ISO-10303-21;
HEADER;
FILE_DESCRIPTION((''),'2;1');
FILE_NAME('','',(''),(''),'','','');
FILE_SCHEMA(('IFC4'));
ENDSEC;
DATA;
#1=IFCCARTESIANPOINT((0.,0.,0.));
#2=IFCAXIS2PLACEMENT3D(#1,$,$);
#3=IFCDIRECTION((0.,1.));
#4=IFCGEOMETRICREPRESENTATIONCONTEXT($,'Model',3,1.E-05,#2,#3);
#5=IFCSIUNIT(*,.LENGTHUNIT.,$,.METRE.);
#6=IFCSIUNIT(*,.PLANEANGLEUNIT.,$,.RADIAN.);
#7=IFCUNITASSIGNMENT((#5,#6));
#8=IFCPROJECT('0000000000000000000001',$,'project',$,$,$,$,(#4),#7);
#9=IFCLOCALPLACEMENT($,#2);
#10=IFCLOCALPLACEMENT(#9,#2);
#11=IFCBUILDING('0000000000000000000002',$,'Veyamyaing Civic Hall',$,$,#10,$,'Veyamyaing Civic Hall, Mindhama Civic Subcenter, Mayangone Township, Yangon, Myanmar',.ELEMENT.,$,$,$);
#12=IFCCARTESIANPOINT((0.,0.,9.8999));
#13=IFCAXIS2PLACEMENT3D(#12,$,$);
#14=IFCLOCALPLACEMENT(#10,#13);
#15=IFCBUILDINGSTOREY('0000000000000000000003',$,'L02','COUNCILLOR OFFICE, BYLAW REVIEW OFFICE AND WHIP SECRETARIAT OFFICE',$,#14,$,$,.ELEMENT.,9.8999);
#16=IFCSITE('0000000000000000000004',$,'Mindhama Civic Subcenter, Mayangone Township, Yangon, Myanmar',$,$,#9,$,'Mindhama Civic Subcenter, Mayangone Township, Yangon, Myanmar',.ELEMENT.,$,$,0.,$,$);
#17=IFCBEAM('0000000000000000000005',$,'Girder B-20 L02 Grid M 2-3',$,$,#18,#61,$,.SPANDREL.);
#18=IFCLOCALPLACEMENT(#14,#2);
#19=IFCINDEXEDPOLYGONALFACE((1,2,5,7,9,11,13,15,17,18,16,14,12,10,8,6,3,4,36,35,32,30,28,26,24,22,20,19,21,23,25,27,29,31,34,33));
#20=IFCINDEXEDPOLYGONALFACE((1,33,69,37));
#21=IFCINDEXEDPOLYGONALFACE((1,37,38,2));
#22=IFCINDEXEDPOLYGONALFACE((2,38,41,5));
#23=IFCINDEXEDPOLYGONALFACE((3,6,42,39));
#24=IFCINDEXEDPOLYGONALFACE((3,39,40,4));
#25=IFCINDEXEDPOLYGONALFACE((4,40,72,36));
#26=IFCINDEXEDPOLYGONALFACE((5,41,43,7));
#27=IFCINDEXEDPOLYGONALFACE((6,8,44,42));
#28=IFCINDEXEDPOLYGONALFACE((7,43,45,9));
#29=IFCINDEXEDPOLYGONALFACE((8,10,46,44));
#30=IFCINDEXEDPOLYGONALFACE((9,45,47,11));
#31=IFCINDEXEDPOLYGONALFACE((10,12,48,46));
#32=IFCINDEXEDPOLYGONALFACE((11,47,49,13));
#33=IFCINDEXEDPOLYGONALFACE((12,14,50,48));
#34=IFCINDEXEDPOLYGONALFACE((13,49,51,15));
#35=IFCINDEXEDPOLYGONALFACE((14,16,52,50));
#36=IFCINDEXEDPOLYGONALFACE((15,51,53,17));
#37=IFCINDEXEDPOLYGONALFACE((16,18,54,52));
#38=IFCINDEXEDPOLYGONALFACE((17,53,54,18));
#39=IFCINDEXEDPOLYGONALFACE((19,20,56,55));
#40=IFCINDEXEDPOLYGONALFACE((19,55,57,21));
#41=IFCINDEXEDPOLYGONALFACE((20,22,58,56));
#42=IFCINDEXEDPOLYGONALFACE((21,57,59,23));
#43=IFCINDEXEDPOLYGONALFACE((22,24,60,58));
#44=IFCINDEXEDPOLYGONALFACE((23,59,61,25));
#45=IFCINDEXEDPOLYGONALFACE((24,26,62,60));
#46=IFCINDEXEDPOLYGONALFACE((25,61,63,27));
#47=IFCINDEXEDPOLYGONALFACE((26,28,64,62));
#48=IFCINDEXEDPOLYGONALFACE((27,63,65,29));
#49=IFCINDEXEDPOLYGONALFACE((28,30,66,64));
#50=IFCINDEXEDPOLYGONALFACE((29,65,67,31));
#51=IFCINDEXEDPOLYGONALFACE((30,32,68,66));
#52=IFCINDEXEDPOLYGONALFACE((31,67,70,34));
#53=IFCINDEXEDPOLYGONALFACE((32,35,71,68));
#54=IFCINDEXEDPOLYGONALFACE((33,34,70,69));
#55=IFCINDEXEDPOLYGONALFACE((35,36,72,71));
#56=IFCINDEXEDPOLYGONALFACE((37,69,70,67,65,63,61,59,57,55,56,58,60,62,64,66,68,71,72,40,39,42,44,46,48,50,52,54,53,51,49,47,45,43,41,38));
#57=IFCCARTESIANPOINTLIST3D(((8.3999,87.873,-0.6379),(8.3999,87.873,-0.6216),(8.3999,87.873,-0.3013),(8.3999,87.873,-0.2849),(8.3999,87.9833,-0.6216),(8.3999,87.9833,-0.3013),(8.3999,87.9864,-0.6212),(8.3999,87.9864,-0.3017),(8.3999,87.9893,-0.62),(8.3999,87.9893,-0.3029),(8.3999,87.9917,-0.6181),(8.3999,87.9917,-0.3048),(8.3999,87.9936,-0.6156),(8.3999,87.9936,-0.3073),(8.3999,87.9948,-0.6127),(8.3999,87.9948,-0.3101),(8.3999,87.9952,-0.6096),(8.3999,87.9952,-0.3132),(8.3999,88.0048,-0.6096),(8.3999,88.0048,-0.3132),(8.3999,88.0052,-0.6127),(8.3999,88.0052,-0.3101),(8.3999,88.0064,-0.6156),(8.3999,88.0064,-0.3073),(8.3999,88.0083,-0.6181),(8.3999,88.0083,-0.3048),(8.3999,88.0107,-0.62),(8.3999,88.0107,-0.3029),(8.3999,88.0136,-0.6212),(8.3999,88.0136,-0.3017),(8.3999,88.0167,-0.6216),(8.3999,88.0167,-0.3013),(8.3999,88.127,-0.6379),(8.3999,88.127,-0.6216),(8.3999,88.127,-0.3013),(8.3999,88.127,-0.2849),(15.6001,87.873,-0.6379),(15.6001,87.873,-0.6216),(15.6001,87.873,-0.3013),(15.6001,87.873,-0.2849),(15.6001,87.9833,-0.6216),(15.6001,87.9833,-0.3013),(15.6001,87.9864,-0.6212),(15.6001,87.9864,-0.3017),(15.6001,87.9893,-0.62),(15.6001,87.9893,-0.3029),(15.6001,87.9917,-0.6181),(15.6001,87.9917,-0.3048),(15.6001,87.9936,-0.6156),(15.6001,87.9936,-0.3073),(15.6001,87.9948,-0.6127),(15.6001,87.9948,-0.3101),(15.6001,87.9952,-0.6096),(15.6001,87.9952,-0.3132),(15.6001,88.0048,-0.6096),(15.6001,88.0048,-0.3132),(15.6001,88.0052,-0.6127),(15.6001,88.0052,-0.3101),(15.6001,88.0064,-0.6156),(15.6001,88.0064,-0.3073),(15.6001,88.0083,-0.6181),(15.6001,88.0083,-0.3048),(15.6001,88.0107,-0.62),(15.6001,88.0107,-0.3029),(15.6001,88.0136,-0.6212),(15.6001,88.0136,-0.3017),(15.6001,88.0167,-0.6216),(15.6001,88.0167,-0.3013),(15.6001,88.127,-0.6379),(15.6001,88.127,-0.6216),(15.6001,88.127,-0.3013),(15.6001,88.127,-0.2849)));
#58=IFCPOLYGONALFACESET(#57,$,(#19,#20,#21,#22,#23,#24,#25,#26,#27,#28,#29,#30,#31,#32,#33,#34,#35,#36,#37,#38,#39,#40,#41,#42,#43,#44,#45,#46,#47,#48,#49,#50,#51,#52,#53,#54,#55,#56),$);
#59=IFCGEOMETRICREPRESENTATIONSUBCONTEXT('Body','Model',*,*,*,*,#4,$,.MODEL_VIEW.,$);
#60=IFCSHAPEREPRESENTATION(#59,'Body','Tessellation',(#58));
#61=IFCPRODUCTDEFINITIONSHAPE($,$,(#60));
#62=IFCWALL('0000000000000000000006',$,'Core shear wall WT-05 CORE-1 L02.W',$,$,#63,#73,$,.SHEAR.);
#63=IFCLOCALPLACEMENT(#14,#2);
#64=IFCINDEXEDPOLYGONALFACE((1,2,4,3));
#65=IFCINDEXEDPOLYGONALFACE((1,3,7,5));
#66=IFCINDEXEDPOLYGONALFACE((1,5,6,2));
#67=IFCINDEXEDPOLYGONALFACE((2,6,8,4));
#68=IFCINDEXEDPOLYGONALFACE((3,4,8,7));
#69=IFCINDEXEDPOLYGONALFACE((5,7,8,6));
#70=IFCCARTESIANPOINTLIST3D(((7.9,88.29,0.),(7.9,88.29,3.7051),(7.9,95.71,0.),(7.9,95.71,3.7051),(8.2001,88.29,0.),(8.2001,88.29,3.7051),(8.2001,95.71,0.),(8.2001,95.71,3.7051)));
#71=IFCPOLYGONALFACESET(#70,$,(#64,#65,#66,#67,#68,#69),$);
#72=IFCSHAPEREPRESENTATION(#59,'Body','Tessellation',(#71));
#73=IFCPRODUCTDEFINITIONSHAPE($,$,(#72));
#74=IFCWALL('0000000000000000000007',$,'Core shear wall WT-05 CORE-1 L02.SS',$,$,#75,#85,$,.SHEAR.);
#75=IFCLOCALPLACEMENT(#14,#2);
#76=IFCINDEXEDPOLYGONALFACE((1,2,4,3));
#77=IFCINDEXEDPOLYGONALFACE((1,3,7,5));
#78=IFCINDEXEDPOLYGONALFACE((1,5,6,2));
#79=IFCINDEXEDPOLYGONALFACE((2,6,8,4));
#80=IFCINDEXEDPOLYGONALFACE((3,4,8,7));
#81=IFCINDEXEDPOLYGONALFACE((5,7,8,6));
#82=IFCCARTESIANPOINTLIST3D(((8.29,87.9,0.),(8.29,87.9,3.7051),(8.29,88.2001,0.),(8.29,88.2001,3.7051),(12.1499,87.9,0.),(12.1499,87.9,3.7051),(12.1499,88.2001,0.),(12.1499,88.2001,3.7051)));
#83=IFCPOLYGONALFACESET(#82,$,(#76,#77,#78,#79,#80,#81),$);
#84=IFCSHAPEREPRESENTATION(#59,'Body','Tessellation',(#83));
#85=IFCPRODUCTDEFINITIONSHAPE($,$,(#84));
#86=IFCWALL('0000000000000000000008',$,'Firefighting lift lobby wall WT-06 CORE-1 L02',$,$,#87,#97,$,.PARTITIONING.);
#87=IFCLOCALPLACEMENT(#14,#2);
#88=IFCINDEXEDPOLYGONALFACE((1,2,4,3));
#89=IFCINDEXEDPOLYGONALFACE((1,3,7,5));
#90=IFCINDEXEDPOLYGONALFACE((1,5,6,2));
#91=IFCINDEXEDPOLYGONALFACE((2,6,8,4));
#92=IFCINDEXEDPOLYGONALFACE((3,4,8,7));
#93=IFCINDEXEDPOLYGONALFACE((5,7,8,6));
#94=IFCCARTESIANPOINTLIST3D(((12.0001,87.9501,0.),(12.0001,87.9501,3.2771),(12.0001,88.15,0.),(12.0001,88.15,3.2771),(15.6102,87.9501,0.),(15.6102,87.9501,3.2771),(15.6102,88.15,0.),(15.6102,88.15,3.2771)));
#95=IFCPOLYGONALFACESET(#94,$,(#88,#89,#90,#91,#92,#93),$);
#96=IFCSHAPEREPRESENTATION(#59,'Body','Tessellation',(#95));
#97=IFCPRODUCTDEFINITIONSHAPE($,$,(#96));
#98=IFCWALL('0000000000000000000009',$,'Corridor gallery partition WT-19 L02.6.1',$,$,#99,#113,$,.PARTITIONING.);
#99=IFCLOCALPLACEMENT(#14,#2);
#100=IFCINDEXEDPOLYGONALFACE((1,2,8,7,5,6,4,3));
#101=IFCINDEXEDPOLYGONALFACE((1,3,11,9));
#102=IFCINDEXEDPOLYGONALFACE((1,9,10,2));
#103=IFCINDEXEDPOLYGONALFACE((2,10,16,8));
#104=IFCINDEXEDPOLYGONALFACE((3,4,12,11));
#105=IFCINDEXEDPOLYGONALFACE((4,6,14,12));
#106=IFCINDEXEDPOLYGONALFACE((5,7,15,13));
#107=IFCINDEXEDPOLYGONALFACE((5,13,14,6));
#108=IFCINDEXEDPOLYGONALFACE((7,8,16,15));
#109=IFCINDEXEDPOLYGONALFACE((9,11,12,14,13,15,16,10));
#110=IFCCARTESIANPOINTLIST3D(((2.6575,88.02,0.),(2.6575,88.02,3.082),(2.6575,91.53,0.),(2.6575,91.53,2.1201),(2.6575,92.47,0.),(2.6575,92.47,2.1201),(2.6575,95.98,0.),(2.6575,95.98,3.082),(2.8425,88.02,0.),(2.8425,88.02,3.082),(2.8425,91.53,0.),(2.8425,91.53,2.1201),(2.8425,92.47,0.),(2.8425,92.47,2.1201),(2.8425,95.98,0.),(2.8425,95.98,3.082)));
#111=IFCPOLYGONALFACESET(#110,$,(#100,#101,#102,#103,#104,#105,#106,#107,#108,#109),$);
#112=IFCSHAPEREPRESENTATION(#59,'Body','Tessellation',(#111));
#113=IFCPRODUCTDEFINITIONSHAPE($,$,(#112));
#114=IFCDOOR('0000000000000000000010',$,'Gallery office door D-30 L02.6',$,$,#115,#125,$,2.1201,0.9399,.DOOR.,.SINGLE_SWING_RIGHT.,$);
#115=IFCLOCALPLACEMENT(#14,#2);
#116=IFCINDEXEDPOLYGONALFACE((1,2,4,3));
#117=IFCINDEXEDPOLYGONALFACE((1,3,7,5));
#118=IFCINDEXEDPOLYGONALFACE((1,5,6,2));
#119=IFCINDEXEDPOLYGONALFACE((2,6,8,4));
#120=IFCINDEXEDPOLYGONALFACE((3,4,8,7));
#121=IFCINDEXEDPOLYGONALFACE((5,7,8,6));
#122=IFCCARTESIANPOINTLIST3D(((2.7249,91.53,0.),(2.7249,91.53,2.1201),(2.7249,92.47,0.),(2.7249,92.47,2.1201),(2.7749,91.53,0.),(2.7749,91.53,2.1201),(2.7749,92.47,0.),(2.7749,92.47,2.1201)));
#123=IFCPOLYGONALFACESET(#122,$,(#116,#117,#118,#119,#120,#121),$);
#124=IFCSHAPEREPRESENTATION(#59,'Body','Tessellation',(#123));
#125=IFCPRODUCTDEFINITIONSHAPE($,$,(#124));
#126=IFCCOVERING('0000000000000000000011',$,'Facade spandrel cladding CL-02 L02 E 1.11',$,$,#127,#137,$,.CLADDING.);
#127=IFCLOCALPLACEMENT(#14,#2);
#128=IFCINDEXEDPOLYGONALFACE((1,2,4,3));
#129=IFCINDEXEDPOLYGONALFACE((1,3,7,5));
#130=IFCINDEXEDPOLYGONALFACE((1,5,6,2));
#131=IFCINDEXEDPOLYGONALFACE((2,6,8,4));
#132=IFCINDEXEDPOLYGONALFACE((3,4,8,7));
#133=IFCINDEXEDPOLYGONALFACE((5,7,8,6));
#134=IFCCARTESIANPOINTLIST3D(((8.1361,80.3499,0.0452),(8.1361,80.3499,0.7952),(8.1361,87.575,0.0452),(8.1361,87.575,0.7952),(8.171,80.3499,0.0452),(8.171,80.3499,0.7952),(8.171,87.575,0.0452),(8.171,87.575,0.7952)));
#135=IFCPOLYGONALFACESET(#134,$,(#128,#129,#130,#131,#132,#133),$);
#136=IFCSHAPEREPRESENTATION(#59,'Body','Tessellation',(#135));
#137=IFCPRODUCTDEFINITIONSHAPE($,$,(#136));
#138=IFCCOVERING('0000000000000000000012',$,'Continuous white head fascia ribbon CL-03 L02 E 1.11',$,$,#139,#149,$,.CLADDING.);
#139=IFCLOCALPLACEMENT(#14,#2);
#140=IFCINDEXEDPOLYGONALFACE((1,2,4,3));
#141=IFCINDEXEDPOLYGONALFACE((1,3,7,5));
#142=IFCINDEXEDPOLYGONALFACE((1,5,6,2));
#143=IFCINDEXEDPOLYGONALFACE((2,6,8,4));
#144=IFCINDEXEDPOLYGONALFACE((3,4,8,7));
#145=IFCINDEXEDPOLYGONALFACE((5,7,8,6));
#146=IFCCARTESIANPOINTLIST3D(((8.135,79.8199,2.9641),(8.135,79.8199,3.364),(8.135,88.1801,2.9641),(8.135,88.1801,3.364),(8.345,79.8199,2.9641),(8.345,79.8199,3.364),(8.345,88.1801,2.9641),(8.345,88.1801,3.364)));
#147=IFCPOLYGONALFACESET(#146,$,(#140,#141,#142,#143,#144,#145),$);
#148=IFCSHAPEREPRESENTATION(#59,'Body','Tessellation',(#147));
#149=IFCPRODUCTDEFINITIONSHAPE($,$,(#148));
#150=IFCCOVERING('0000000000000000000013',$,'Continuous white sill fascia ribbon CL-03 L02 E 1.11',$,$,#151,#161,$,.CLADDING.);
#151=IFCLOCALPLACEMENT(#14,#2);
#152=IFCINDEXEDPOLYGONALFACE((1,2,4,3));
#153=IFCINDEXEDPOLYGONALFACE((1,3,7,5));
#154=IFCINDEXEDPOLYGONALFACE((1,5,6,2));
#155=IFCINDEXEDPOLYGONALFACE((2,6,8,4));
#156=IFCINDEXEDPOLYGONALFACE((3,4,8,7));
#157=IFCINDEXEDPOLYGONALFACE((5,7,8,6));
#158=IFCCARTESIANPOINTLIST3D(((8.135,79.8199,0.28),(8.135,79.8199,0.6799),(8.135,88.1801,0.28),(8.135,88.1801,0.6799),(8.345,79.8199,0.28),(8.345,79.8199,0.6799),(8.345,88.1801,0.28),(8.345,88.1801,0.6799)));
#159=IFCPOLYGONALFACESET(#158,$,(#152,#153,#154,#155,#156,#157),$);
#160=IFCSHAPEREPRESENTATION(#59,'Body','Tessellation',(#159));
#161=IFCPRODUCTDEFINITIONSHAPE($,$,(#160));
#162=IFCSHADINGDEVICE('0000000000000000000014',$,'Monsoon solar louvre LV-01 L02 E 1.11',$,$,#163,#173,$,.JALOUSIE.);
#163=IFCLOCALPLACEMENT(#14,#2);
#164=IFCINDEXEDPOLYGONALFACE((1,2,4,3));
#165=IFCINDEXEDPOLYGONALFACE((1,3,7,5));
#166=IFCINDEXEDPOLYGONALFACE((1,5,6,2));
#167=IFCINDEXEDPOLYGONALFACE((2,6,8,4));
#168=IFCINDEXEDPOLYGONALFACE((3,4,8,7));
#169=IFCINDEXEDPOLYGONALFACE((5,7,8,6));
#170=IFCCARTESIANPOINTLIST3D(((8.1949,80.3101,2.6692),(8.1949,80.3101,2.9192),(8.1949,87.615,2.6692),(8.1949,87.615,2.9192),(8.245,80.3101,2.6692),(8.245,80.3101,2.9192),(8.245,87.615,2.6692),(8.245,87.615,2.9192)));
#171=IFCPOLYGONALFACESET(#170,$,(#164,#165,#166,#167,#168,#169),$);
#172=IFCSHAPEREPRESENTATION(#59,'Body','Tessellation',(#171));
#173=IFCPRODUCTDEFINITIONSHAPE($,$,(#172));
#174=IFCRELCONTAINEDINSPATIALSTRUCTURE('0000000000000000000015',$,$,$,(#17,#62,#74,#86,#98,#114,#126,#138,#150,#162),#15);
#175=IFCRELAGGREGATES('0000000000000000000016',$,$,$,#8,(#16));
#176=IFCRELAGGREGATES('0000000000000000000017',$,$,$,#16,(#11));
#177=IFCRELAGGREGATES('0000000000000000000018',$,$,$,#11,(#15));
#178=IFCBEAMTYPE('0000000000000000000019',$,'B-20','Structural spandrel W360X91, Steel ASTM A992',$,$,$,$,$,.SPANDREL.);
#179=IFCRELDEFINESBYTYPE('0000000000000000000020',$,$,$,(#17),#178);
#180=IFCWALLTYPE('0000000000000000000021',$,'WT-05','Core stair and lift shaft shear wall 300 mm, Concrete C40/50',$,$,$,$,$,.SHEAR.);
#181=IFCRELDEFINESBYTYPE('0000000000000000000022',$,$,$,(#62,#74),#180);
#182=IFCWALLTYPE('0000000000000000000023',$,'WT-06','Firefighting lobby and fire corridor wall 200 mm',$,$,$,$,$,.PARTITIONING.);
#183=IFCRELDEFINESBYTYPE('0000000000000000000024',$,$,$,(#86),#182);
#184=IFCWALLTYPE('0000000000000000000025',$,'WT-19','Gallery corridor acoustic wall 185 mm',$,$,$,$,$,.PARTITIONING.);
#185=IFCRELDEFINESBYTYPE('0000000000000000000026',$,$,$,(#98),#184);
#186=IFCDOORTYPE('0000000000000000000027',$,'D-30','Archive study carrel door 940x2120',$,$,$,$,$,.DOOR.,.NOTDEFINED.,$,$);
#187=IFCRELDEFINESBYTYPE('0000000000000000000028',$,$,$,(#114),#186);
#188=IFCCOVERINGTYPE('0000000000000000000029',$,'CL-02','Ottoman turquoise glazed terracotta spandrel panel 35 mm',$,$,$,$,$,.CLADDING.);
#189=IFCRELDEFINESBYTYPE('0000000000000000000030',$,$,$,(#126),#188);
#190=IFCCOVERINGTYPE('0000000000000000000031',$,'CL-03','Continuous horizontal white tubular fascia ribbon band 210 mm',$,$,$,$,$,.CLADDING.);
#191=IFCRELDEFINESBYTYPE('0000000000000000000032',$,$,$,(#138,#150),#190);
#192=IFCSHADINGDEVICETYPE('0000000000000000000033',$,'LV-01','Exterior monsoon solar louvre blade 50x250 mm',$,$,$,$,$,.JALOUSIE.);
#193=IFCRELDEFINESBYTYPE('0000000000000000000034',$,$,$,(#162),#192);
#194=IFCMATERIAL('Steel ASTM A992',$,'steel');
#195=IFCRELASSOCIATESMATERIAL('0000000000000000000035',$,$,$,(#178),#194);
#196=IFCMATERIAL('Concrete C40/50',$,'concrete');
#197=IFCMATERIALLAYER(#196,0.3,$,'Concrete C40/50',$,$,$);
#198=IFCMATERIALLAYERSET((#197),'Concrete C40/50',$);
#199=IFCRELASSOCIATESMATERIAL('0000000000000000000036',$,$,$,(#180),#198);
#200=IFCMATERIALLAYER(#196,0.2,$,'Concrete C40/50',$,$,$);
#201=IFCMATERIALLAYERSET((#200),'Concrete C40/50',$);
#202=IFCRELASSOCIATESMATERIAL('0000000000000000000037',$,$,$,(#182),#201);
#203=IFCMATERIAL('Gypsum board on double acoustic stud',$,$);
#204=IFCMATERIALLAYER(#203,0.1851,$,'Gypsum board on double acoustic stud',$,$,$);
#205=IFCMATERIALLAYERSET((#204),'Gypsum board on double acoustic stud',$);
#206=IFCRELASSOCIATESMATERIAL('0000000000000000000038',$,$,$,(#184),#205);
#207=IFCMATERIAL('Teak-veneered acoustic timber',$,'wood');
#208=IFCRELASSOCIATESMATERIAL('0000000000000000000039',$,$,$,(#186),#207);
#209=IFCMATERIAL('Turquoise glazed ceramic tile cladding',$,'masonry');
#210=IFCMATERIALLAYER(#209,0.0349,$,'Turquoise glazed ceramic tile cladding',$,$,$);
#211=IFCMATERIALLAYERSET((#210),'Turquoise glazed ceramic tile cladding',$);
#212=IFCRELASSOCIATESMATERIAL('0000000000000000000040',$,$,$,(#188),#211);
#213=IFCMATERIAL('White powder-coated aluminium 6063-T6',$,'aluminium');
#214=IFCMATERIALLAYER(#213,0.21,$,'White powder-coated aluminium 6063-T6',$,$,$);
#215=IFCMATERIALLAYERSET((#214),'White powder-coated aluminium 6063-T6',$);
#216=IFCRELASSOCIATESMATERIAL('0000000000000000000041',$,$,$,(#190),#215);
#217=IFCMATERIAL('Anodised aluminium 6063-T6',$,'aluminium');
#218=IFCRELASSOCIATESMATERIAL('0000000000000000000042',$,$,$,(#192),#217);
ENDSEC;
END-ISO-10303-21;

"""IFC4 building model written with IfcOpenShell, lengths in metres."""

from ifc_helpers import new_model, si_unit, direction, frame, frame_2d, origin, origin_2d, place, context, subcontext, project, spatial, rectangle, i_section, extrude, material, layer, layer_set, material_profile, profile_set, type_object, element, fill, save


model = new_model("IFC4")

# Units and contexts
model_context = context("Model", 3, precision=1e-05, world=origin(), true_north=direction((0.0, 1.0)))
body_context = subcontext(model_context, "Body", "Model", "MODEL_VIEW")
ifc_project = project(units=[si_unit("LENGTHUNIT", "METRE"), si_unit("PLANEANGLEUNIT", "RADIAN")], contexts=[model_context])

# Site, building, storey
site_placement = place(None, origin())
site = spatial("IfcSite", under=ifc_project, at=site_placement, Name="Mindhama Civic Subcenter, Mayangone Township, Yangon, Myanmar", LongName="Mindhama Civic Subcenter, Mayangone Township, Yangon, Myanmar", CompositionType="ELEMENT", RefElevation=0.0)
building_placement = place(site_placement, origin())
building = spatial("IfcBuilding", under=site, at=building_placement, Name="Veyamyaing Civic Hall", LongName="Veyamyaing Civic Hall, Mindhama Civic Subcenter, Mayangone Township, Yangon, Myanmar", CompositionType="ELEMENT")
storey_placement = place(building_placement, frame((0.0, 0.0, 9.8999)))
storey = spatial("IfcBuildingStorey", under=building, at=storey_placement, Name="L02", Description="COUNCILLOR OFFICE, BYLAW REVIEW OFFICE AND WHIP SECRETARIAT OFFICE", CompositionType="ELEMENT", Elevation=9.8999)

# Beam
ifc_material_1 = material(Name="Steel ASTM A992", Category="steel")
ifc_material_profile_1 = material_profile(ifc_material_1, i_section(OverallWidth=0.2539, OverallDepth=0.353, WebThickness=0.0095, FlangeThickness=0.0164, FilletRadius=0.012, at=origin_2d()), Name="W360X91")
ifc_profile_set_1 = profile_set([ifc_material_profile_1], Name="Steel ASTM A992")
beam_type_1 = type_object("IfcBeamType", Name="B-20", Description="Structural spandrel W360X91, Steel ASTM A992", PredefinedType="SPANDREL", material=ifc_profile_set_1)
beam_1_placement = place(storey_placement, frame((8.3999, 88.0, -0.4614), z_axis=(1.0, 0.0, 0.0), x_axis=(0.0, 1.0, 0.0)))
element("IfcBeam", 1, at=beam_1_placement, inside=storey, type_object=beam_type_1, Name="Girder B-20 L02 Grid M 2-3", PredefinedType="SPANDREL", context=body_context, shape_type="SweptSolid", body=[
    extrude(i_section(OverallWidth=0.2539, OverallDepth=0.353, WebThickness=0.0095, FlangeThickness=0.0164, FilletRadius=0.012, at=origin_2d()), origin(), (0.0, 0.0, 1.0), 7.2002),
])

# Wall
ifc_material_2 = material(Name="Concrete C40/50", Category="concrete")
ifc_layer_1 = layer(ifc_material_2, 0.3, Name="Concrete C40/50")
ifc_layer_set_1 = layer_set([ifc_layer_1], Name="Concrete C40/50")
wall_type_1 = type_object("IfcWallType", Name="WT-05", Description="Core stair and lift shaft shear wall 300 mm, Concrete C40/50", PredefinedType="SHEAR", material=ifc_layer_set_1)
wall_1_placement = place(storey_placement, frame((8.05, 88.29, 0.0), z_axis=(0.0, 0.0, 1.0), x_axis=(0.0, 1.0, 0.0)))
element("IfcWall", 2, at=wall_1_placement, inside=storey, type_object=wall_type_1, Name="Core shear wall WT-05 CORE-1 L02.W", PredefinedType="SHEAR", context=body_context, shape_type="SweptSolid", body=[
    extrude(rectangle(XDim=7.4199, YDim=0.3, at=frame_2d((3.71, 0.0))), origin(), (0.0, 0.0, 1.0), 3.7051),
])

# Wall
wall_2_placement = place(storey_placement, frame((8.29, 88.05, 0.0), z_axis=(0.0, 0.0, 1.0), x_axis=(1.0, 0.0, 0.0)))
element("IfcWall", 3, at=wall_2_placement, inside=storey, type_object=wall_type_1, Name="Core shear wall WT-05 CORE-1 L02.SS", PredefinedType="SHEAR", context=body_context, shape_type="SweptSolid", body=[
    extrude(rectangle(XDim=3.8599, YDim=0.3, at=frame_2d((1.9299, 0.0))), origin(), (0.0, 0.0, 1.0), 3.7051),
])

# Wall
ifc_layer_2 = layer(ifc_material_2, 0.2, Name="Concrete C40/50")
ifc_layer_set_2 = layer_set([ifc_layer_2], Name="Concrete C40/50")
wall_type_2 = type_object("IfcWallType", Name="WT-06", Description="Firefighting lobby and fire corridor wall 200 mm", PredefinedType="PARTITIONING", material=ifc_layer_set_2)
wall_3_placement = place(storey_placement, frame((12.0, 88.05, 0.0), z_axis=(0.0, 0.0, 1.0), x_axis=(1.0, 0.0, 0.0)))
element("IfcWall", 4, at=wall_3_placement, inside=storey, type_object=wall_type_2, Name="Firefighting lift lobby wall WT-06 CORE-1 L02", PredefinedType="PARTITIONING", context=body_context, shape_type="SweptSolid", body=[
    extrude(rectangle(XDim=3.6101, YDim=0.2, at=frame_2d((1.8052, 0.0))), origin(), (0.0, 0.0, 1.0), 3.2771),
])

# Wall, opening, door
ifc_material_3 = material(Name="Gypsum board on double acoustic stud")
ifc_layer_3 = layer(ifc_material_3, 0.1851, Name="Gypsum board on double acoustic stud")
ifc_layer_set_3 = layer_set([ifc_layer_3], Name="Gypsum board on double acoustic stud")
wall_type_3 = type_object("IfcWallType", Name="WT-19", Description="Gallery corridor acoustic wall 185 mm", PredefinedType="PARTITIONING", material=ifc_layer_set_3)
wall_4_placement = place(storey_placement, frame((2.75, 88.02, 0.0), z_axis=(0.0, 0.0, 1.0), x_axis=(0.0, 1.0, 0.0)))
wall_4 = element("IfcWall", 5, at=wall_4_placement, inside=storey, type_object=wall_type_3, Name="Corridor gallery partition WT-19 L02.6.1", PredefinedType="PARTITIONING", context=body_context, shape_type="SweptSolid", body=[
    extrude(rectangle(XDim=7.96, YDim=0.1851, at=frame_2d((3.98, 0.0))), origin(), (0.0, 0.0, 1.0), 3.082),
])
opening_1_placement = place(wall_4_placement, frame((3.51, 0.0, 0.0)))
opening_1 = element("IfcOpeningElement", 6, at=opening_1_placement, cuts=wall_4, PredefinedType="OPENING", context=body_context, shape_type="SweptSolid", body=[
    extrude(rectangle(XDim=0.9399, YDim=2.1201, at=frame_2d((0.47, 1.0601))), frame((0.0, 0.1025, 0.0), z_axis=(0.0, -1.0, 0.0), x_axis=(1.0, 0.0, 0.0)), (0.0, 0.0, 1.0), 0.2051),
])
ifc_material_4 = material(Name="Teak-veneered acoustic timber", Category="wood")
door_type_1 = type_object("IfcDoorType", Name="D-30", Description="Archive study carrel door 940x2120", OperationType="NOTDEFINED", PredefinedType="DOOR", material=ifc_material_4)
door_1_placement = place(opening_1_placement, frame((0.9399, 0.0, 0.0), z_axis=(0.0, 0.0, 1.0), x_axis=(-1.0, 0.0, 0.0)))
door_1 = element("IfcDoor", 7, at=door_1_placement, inside=storey, type_object=door_type_1, Name="Gallery office door D-30 L02.6", OperationType="SINGLE_SWING_RIGHT", OverallHeight=2.1201, OverallWidth=0.9399, PredefinedType="DOOR", context=body_context, shape_type="SweptSolid", body=[
    extrude(rectangle(XDim=0.9399, YDim=2.1201, at=frame_2d((0.47, 1.0601))), frame((0.0, 0.0249, 0.0), z_axis=(0.0, -1.0, 0.0), x_axis=(1.0, 0.0, 0.0)), (0.0, 0.0, 1.0), 0.05),
])
fill(opening_1, door_1)

# Coverings
ifc_material_5 = material(Name="Turquoise glazed ceramic tile cladding", Category="masonry")
ifc_layer_4 = layer(ifc_material_5, 0.0349, Name="Turquoise glazed ceramic tile cladding")
ifc_layer_set_4 = layer_set([ifc_layer_4], Name="Turquoise glazed ceramic tile cladding")
covering_type_1 = type_object("IfcCoveringType", Name="CL-02", Description="Ottoman turquoise glazed terracotta spandrel panel 35 mm", PredefinedType="CLADDING", material=ifc_layer_set_4)
covering_placement = place(storey_placement, frame((8.1536, 83.9624, 0.0452), z_axis=(0.0, 0.0, 1.0), x_axis=(0.0, 1.0, 0.0)))
element("IfcCovering", 8, at=covering_placement, inside=storey, type_object=covering_type_1, Name="Facade spandrel cladding CL-02 L02 E 1.11", PredefinedType="CLADDING", context=body_context, shape_type="SweptSolid", body=[
    extrude(rectangle(XDim=7.2251, YDim=0.0349, at=origin_2d()), origin(), (0.0, 0.0, 1.0), 0.75),
])
ifc_material_6 = material(Name="White powder-coated aluminium 6063-T6", Category="aluminium")
ifc_layer_5 = layer(ifc_material_6, 0.21, Name="White powder-coated aluminium 6063-T6")
ifc_layer_set_5 = layer_set([ifc_layer_5], Name="White powder-coated aluminium 6063-T6")
covering_type_2 = type_object("IfcCoveringType", Name="CL-03", Description="Continuous horizontal white tubular fascia ribbon band 210 mm", PredefinedType="CLADDING", material=ifc_layer_set_5)
for number, where, z_axis, x_axis, name in (
    (9, (8.24, 84.0, 2.9641), (0.0, 0.0, 1.0), (0.0, 1.0, 0.0), "Continuous white head fascia ribbon CL-03 L02 E 1.11"),
    (10, (8.24, 84.0, 0.28), (0.0, 0.0, 1.0), (0.0, 1.0, 0.0), "Continuous white sill fascia ribbon CL-03 L02 E 1.11"),
):
    element("IfcCovering", number, at=place(storey_placement, frame(where, z_axis=z_axis, x_axis=x_axis)), inside=storey, type_object=covering_type_2, Name=name, PredefinedType="CLADDING", context=body_context, shape_type="SweptSolid", body=[
        extrude(rectangle(XDim=8.3601, YDim=0.21, at=origin_2d()), origin(), (0.0, 0.0, 1.0), 0.3999),
    ])

# Shading device
ifc_material_7 = material(Name="Anodised aluminium 6063-T6", Category="aluminium")
ifc_material_profile_2 = material_profile(ifc_material_7, rectangle(XDim=0.05, YDim=0.25, at=origin_2d()), Name="LOUVRE-BLADE-50X250")
ifc_profile_set_2 = profile_set([ifc_material_profile_2], Name="Anodised aluminium 6063-T6")
shading_device_type_1 = type_object("IfcShadingDeviceType", Name="LV-01", Description="Exterior monsoon solar louvre blade 50x250 mm", PredefinedType="JALOUSIE", material=ifc_profile_set_2)
shading_device_1_placement = place(storey_placement, frame((8.22, 80.3101, 2.7942), z_axis=(0.0, 1.0, 0.0), x_axis=(-1.0, 0.0, 0.0)))
element("IfcShadingDevice", 11, at=shading_device_1_placement, inside=storey, type_object=shading_device_type_1, Name="Monsoon solar louvre LV-01 L02 E 1.11", PredefinedType="JALOUSIE", context=body_context, shape_type="SweptSolid", body=[
    extrude(rectangle(XDim=0.05, YDim=0.25, at=origin_2d()), origin(), (0.0, 0.0, 1.0), 7.3049),
])

save(model, "model.ifc")
